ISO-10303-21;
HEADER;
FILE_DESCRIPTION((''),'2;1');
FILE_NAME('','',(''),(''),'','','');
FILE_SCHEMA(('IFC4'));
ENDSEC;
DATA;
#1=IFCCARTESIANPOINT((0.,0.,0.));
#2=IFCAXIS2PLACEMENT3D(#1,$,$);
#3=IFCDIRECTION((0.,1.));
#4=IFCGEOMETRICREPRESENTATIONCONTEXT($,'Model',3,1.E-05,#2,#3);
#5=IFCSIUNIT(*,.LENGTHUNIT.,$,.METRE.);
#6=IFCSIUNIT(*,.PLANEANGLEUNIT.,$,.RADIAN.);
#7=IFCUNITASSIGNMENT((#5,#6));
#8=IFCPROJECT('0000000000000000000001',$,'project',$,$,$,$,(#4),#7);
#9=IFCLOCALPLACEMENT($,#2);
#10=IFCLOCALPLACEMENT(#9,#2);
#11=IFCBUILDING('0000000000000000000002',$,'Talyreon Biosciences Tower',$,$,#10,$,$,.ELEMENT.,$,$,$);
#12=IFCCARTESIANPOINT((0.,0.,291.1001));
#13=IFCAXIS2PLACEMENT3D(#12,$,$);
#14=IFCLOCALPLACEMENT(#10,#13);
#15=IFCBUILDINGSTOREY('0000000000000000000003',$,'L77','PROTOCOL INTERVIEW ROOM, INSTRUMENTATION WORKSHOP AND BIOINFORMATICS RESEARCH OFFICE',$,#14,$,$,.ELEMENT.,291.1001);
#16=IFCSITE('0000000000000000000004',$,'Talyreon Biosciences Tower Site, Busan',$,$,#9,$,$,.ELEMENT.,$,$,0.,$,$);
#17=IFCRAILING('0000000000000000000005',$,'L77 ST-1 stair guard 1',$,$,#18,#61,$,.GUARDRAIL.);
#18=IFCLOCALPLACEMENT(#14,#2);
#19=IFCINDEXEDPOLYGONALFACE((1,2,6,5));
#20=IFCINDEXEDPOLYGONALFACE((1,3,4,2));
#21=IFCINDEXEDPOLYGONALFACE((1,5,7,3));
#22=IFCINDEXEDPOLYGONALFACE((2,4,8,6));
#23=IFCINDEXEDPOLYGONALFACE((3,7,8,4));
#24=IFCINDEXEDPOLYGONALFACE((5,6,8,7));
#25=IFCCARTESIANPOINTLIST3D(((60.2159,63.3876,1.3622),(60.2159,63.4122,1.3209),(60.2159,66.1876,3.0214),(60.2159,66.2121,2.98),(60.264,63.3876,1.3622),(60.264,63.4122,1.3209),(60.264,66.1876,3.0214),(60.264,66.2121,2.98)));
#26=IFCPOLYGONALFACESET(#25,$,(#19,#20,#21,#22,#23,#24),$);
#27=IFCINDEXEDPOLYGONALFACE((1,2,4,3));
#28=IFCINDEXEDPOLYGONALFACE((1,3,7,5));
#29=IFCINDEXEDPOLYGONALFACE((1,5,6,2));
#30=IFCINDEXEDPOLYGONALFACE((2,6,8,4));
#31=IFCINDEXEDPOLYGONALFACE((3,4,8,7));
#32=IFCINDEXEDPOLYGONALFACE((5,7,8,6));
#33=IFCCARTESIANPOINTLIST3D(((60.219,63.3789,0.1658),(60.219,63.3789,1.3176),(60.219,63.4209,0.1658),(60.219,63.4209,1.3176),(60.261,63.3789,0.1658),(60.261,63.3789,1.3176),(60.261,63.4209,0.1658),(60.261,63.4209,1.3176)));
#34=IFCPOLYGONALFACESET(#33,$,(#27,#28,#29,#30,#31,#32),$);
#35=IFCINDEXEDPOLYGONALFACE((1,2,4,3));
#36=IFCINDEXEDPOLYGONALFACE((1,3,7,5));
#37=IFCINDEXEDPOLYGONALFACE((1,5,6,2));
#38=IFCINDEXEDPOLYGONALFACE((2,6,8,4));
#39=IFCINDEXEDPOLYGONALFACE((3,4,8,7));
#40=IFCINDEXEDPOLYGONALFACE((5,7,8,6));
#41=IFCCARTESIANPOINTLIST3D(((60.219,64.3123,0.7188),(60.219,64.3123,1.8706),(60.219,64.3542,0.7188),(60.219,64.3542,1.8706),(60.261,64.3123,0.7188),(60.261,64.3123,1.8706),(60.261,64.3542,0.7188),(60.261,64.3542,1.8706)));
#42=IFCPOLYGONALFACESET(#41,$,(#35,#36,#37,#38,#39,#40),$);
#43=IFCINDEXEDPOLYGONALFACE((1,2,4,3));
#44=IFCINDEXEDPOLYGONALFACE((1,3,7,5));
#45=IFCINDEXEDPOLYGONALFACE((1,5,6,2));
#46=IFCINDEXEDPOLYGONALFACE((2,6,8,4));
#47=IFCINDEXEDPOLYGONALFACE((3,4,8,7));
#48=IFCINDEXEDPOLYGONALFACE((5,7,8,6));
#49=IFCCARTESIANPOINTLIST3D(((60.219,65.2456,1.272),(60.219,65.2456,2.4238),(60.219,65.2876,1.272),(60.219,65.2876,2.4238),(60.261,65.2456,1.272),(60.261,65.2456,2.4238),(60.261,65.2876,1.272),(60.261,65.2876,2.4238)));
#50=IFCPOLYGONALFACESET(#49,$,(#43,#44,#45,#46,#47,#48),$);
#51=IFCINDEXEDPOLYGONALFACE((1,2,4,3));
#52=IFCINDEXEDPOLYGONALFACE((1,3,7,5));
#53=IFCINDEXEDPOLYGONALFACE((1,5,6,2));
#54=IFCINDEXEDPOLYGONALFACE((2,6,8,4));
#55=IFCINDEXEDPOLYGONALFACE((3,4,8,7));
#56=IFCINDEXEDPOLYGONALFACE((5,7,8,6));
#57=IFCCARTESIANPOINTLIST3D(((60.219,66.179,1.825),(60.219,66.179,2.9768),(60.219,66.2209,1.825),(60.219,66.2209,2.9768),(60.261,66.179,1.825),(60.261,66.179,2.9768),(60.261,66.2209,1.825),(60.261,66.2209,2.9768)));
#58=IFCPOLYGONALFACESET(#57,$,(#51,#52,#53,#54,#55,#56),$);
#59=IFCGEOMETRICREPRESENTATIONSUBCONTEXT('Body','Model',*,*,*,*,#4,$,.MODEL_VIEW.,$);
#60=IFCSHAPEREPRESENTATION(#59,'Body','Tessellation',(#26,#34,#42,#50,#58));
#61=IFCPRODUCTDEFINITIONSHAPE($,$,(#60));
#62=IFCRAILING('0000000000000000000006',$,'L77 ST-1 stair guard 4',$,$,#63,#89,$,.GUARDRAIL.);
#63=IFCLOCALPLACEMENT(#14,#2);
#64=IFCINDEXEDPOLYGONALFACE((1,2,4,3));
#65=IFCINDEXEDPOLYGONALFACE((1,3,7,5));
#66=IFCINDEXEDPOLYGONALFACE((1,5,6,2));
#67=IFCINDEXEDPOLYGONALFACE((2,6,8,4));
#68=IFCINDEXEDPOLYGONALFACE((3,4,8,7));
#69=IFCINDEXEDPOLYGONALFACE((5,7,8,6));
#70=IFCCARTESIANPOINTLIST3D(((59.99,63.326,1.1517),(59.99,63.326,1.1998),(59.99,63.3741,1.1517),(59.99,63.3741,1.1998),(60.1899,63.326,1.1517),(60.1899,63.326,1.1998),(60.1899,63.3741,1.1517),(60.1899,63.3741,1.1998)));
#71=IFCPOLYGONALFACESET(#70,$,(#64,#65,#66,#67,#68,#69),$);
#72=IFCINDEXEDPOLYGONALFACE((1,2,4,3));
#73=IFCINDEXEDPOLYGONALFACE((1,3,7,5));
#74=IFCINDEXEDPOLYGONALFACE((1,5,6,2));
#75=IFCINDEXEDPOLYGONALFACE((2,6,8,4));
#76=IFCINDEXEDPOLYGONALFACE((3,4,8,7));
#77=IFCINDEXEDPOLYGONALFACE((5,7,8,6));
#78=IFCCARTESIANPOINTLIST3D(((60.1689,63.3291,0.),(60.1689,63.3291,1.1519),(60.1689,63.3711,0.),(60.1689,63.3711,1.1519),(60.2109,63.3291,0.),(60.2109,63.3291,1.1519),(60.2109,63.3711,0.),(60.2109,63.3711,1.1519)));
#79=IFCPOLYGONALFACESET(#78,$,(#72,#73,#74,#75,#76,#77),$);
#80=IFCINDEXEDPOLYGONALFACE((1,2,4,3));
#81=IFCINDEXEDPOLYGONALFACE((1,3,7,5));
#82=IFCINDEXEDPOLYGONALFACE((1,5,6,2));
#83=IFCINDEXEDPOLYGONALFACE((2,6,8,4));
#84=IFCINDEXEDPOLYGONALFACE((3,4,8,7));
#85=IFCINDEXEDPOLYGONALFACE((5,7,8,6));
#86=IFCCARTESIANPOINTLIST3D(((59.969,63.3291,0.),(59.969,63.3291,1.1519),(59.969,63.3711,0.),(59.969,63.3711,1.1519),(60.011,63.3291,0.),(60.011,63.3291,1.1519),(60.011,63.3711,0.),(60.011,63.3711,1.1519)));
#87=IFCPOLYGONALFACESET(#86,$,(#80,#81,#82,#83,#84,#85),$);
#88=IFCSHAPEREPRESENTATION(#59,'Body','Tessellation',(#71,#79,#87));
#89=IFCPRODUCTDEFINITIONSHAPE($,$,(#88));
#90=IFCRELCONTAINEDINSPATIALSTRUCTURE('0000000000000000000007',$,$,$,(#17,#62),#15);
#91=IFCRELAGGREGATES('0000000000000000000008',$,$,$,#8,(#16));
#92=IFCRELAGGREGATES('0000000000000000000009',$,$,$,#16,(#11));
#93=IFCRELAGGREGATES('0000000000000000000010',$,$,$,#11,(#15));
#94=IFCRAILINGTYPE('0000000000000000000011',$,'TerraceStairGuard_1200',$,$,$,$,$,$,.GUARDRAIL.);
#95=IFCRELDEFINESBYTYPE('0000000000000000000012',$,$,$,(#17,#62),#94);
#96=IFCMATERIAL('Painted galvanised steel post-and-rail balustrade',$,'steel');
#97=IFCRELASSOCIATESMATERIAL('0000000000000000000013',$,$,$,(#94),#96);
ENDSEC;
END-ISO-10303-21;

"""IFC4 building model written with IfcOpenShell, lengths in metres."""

from ifc_helpers import new_model, si_unit, direction, frame, origin, origin_2d, place, context, subcontext, project, spatial, rectangle, extrude, material, type_object, element, save


model = new_model("IFC4")

# Units and contexts
model_context = context("Model", 3, precision=1e-05, world=origin(), true_north=direction((0.0, 1.0)))
body_context = subcontext(model_context, "Body", "Model", "MODEL_VIEW")
ifc_project = project(units=[si_unit("LENGTHUNIT", "METRE"), si_unit("PLANEANGLEUNIT", "RADIAN")], contexts=[model_context])

# Site, building, storey
site_placement = place(None, origin())
site = spatial("IfcSite", under=ifc_project, at=site_placement, Name="Talyreon Biosciences Tower Site, Busan", CompositionType="ELEMENT", RefElevation=0.0)
building_placement = place(site_placement, origin())
building = spatial("IfcBuilding", under=site, at=building_placement, Name="Talyreon Biosciences Tower", CompositionType="ELEMENT")
storey_placement = place(building_placement, frame((0.0, 0.0, 291.1001)))
storey = spatial("IfcBuildingStorey", under=building, at=storey_placement, Name="L77", Description="PROTOCOL INTERVIEW ROOM, INSTRUMENTATION WORKSHOP AND BIOINFORMATICS RESEARCH OFFICE", CompositionType="ELEMENT", Elevation=291.1001)

# Railings
ifc_material_1 = material(Name="Painted galvanised steel post-and-rail balustrade", Category="steel")
railing_type_1 = type_object("IfcRailingType", Name="TerraceStairGuard_1200", PredefinedType="GUARDRAIL", material=ifc_material_1)
railing_1_placement = place(storey_placement, frame((60.24, 63.3999, 0.1658)))
element("IfcRailing", 1, at=railing_1_placement, inside=storey, type_object=railing_type_1, Name="L77 ST-1 stair guard 1", PredefinedType="GUARDRAIL", context=body_context, shape_type="SweptSolid", body=[
    extrude(rectangle(XDim=0.0481, YDim=0.0481, at=origin_2d()), frame((0.0, 0.0, 1.1758), z_axis=(0.0, 0.860306, 0.509778), x_axis=(-1.0, 0.0, 0.0)), (0.0, 0.0, 1.0), 3.2546),
    extrude(rectangle(XDim=0.042, YDim=0.042, at=origin_2d()), origin(), (0.0, 0.0, 1.0), 1.1519),
    extrude(rectangle(XDim=0.042, YDim=0.042, at=origin_2d()), frame((0.0, 0.9333, 0.553)), (0.0, 0.0, 1.0), 1.1519),
    extrude(rectangle(XDim=0.042, YDim=0.042, at=origin_2d()), frame((0.0, 1.8667, 1.1062)), (0.0, 0.0, 1.0), 1.1519),
    extrude(rectangle(XDim=0.042, YDim=0.042, at=origin_2d()), frame((0.0, 2.8, 1.6592)), (0.0, 0.0, 1.0), 1.1519),
])
railing_2_placement = place(storey_placement, frame((60.1899, 63.3501, 0.0)))
element("IfcRailing", 2, at=railing_2_placement, inside=storey, type_object=railing_type_1, Name="L77 ST-1 stair guard 4", PredefinedType="GUARDRAIL", context=body_context, shape_type="SweptSolid", body=[
    extrude(rectangle(XDim=0.0481, YDim=0.0481, at=origin_2d()), frame((0.0, 0.0, 1.1758), z_axis=(-1.0, 0.0, 0.0), x_axis=(0.0, -1.0, 0.0)), (0.0, 0.0, 1.0), 0.2),
    extrude(rectangle(XDim=0.042, YDim=0.042, at=origin_2d()), origin(), (0.0, 0.0, 1.0), 1.1519),
    extrude(rectangle(XDim=0.042, YDim=0.042, at=origin_2d()), frame((-0.2, 0.0, 0.0)), (0.0, 0.0, 1.0), 1.1519),
])

save(model, "model.ifc")
